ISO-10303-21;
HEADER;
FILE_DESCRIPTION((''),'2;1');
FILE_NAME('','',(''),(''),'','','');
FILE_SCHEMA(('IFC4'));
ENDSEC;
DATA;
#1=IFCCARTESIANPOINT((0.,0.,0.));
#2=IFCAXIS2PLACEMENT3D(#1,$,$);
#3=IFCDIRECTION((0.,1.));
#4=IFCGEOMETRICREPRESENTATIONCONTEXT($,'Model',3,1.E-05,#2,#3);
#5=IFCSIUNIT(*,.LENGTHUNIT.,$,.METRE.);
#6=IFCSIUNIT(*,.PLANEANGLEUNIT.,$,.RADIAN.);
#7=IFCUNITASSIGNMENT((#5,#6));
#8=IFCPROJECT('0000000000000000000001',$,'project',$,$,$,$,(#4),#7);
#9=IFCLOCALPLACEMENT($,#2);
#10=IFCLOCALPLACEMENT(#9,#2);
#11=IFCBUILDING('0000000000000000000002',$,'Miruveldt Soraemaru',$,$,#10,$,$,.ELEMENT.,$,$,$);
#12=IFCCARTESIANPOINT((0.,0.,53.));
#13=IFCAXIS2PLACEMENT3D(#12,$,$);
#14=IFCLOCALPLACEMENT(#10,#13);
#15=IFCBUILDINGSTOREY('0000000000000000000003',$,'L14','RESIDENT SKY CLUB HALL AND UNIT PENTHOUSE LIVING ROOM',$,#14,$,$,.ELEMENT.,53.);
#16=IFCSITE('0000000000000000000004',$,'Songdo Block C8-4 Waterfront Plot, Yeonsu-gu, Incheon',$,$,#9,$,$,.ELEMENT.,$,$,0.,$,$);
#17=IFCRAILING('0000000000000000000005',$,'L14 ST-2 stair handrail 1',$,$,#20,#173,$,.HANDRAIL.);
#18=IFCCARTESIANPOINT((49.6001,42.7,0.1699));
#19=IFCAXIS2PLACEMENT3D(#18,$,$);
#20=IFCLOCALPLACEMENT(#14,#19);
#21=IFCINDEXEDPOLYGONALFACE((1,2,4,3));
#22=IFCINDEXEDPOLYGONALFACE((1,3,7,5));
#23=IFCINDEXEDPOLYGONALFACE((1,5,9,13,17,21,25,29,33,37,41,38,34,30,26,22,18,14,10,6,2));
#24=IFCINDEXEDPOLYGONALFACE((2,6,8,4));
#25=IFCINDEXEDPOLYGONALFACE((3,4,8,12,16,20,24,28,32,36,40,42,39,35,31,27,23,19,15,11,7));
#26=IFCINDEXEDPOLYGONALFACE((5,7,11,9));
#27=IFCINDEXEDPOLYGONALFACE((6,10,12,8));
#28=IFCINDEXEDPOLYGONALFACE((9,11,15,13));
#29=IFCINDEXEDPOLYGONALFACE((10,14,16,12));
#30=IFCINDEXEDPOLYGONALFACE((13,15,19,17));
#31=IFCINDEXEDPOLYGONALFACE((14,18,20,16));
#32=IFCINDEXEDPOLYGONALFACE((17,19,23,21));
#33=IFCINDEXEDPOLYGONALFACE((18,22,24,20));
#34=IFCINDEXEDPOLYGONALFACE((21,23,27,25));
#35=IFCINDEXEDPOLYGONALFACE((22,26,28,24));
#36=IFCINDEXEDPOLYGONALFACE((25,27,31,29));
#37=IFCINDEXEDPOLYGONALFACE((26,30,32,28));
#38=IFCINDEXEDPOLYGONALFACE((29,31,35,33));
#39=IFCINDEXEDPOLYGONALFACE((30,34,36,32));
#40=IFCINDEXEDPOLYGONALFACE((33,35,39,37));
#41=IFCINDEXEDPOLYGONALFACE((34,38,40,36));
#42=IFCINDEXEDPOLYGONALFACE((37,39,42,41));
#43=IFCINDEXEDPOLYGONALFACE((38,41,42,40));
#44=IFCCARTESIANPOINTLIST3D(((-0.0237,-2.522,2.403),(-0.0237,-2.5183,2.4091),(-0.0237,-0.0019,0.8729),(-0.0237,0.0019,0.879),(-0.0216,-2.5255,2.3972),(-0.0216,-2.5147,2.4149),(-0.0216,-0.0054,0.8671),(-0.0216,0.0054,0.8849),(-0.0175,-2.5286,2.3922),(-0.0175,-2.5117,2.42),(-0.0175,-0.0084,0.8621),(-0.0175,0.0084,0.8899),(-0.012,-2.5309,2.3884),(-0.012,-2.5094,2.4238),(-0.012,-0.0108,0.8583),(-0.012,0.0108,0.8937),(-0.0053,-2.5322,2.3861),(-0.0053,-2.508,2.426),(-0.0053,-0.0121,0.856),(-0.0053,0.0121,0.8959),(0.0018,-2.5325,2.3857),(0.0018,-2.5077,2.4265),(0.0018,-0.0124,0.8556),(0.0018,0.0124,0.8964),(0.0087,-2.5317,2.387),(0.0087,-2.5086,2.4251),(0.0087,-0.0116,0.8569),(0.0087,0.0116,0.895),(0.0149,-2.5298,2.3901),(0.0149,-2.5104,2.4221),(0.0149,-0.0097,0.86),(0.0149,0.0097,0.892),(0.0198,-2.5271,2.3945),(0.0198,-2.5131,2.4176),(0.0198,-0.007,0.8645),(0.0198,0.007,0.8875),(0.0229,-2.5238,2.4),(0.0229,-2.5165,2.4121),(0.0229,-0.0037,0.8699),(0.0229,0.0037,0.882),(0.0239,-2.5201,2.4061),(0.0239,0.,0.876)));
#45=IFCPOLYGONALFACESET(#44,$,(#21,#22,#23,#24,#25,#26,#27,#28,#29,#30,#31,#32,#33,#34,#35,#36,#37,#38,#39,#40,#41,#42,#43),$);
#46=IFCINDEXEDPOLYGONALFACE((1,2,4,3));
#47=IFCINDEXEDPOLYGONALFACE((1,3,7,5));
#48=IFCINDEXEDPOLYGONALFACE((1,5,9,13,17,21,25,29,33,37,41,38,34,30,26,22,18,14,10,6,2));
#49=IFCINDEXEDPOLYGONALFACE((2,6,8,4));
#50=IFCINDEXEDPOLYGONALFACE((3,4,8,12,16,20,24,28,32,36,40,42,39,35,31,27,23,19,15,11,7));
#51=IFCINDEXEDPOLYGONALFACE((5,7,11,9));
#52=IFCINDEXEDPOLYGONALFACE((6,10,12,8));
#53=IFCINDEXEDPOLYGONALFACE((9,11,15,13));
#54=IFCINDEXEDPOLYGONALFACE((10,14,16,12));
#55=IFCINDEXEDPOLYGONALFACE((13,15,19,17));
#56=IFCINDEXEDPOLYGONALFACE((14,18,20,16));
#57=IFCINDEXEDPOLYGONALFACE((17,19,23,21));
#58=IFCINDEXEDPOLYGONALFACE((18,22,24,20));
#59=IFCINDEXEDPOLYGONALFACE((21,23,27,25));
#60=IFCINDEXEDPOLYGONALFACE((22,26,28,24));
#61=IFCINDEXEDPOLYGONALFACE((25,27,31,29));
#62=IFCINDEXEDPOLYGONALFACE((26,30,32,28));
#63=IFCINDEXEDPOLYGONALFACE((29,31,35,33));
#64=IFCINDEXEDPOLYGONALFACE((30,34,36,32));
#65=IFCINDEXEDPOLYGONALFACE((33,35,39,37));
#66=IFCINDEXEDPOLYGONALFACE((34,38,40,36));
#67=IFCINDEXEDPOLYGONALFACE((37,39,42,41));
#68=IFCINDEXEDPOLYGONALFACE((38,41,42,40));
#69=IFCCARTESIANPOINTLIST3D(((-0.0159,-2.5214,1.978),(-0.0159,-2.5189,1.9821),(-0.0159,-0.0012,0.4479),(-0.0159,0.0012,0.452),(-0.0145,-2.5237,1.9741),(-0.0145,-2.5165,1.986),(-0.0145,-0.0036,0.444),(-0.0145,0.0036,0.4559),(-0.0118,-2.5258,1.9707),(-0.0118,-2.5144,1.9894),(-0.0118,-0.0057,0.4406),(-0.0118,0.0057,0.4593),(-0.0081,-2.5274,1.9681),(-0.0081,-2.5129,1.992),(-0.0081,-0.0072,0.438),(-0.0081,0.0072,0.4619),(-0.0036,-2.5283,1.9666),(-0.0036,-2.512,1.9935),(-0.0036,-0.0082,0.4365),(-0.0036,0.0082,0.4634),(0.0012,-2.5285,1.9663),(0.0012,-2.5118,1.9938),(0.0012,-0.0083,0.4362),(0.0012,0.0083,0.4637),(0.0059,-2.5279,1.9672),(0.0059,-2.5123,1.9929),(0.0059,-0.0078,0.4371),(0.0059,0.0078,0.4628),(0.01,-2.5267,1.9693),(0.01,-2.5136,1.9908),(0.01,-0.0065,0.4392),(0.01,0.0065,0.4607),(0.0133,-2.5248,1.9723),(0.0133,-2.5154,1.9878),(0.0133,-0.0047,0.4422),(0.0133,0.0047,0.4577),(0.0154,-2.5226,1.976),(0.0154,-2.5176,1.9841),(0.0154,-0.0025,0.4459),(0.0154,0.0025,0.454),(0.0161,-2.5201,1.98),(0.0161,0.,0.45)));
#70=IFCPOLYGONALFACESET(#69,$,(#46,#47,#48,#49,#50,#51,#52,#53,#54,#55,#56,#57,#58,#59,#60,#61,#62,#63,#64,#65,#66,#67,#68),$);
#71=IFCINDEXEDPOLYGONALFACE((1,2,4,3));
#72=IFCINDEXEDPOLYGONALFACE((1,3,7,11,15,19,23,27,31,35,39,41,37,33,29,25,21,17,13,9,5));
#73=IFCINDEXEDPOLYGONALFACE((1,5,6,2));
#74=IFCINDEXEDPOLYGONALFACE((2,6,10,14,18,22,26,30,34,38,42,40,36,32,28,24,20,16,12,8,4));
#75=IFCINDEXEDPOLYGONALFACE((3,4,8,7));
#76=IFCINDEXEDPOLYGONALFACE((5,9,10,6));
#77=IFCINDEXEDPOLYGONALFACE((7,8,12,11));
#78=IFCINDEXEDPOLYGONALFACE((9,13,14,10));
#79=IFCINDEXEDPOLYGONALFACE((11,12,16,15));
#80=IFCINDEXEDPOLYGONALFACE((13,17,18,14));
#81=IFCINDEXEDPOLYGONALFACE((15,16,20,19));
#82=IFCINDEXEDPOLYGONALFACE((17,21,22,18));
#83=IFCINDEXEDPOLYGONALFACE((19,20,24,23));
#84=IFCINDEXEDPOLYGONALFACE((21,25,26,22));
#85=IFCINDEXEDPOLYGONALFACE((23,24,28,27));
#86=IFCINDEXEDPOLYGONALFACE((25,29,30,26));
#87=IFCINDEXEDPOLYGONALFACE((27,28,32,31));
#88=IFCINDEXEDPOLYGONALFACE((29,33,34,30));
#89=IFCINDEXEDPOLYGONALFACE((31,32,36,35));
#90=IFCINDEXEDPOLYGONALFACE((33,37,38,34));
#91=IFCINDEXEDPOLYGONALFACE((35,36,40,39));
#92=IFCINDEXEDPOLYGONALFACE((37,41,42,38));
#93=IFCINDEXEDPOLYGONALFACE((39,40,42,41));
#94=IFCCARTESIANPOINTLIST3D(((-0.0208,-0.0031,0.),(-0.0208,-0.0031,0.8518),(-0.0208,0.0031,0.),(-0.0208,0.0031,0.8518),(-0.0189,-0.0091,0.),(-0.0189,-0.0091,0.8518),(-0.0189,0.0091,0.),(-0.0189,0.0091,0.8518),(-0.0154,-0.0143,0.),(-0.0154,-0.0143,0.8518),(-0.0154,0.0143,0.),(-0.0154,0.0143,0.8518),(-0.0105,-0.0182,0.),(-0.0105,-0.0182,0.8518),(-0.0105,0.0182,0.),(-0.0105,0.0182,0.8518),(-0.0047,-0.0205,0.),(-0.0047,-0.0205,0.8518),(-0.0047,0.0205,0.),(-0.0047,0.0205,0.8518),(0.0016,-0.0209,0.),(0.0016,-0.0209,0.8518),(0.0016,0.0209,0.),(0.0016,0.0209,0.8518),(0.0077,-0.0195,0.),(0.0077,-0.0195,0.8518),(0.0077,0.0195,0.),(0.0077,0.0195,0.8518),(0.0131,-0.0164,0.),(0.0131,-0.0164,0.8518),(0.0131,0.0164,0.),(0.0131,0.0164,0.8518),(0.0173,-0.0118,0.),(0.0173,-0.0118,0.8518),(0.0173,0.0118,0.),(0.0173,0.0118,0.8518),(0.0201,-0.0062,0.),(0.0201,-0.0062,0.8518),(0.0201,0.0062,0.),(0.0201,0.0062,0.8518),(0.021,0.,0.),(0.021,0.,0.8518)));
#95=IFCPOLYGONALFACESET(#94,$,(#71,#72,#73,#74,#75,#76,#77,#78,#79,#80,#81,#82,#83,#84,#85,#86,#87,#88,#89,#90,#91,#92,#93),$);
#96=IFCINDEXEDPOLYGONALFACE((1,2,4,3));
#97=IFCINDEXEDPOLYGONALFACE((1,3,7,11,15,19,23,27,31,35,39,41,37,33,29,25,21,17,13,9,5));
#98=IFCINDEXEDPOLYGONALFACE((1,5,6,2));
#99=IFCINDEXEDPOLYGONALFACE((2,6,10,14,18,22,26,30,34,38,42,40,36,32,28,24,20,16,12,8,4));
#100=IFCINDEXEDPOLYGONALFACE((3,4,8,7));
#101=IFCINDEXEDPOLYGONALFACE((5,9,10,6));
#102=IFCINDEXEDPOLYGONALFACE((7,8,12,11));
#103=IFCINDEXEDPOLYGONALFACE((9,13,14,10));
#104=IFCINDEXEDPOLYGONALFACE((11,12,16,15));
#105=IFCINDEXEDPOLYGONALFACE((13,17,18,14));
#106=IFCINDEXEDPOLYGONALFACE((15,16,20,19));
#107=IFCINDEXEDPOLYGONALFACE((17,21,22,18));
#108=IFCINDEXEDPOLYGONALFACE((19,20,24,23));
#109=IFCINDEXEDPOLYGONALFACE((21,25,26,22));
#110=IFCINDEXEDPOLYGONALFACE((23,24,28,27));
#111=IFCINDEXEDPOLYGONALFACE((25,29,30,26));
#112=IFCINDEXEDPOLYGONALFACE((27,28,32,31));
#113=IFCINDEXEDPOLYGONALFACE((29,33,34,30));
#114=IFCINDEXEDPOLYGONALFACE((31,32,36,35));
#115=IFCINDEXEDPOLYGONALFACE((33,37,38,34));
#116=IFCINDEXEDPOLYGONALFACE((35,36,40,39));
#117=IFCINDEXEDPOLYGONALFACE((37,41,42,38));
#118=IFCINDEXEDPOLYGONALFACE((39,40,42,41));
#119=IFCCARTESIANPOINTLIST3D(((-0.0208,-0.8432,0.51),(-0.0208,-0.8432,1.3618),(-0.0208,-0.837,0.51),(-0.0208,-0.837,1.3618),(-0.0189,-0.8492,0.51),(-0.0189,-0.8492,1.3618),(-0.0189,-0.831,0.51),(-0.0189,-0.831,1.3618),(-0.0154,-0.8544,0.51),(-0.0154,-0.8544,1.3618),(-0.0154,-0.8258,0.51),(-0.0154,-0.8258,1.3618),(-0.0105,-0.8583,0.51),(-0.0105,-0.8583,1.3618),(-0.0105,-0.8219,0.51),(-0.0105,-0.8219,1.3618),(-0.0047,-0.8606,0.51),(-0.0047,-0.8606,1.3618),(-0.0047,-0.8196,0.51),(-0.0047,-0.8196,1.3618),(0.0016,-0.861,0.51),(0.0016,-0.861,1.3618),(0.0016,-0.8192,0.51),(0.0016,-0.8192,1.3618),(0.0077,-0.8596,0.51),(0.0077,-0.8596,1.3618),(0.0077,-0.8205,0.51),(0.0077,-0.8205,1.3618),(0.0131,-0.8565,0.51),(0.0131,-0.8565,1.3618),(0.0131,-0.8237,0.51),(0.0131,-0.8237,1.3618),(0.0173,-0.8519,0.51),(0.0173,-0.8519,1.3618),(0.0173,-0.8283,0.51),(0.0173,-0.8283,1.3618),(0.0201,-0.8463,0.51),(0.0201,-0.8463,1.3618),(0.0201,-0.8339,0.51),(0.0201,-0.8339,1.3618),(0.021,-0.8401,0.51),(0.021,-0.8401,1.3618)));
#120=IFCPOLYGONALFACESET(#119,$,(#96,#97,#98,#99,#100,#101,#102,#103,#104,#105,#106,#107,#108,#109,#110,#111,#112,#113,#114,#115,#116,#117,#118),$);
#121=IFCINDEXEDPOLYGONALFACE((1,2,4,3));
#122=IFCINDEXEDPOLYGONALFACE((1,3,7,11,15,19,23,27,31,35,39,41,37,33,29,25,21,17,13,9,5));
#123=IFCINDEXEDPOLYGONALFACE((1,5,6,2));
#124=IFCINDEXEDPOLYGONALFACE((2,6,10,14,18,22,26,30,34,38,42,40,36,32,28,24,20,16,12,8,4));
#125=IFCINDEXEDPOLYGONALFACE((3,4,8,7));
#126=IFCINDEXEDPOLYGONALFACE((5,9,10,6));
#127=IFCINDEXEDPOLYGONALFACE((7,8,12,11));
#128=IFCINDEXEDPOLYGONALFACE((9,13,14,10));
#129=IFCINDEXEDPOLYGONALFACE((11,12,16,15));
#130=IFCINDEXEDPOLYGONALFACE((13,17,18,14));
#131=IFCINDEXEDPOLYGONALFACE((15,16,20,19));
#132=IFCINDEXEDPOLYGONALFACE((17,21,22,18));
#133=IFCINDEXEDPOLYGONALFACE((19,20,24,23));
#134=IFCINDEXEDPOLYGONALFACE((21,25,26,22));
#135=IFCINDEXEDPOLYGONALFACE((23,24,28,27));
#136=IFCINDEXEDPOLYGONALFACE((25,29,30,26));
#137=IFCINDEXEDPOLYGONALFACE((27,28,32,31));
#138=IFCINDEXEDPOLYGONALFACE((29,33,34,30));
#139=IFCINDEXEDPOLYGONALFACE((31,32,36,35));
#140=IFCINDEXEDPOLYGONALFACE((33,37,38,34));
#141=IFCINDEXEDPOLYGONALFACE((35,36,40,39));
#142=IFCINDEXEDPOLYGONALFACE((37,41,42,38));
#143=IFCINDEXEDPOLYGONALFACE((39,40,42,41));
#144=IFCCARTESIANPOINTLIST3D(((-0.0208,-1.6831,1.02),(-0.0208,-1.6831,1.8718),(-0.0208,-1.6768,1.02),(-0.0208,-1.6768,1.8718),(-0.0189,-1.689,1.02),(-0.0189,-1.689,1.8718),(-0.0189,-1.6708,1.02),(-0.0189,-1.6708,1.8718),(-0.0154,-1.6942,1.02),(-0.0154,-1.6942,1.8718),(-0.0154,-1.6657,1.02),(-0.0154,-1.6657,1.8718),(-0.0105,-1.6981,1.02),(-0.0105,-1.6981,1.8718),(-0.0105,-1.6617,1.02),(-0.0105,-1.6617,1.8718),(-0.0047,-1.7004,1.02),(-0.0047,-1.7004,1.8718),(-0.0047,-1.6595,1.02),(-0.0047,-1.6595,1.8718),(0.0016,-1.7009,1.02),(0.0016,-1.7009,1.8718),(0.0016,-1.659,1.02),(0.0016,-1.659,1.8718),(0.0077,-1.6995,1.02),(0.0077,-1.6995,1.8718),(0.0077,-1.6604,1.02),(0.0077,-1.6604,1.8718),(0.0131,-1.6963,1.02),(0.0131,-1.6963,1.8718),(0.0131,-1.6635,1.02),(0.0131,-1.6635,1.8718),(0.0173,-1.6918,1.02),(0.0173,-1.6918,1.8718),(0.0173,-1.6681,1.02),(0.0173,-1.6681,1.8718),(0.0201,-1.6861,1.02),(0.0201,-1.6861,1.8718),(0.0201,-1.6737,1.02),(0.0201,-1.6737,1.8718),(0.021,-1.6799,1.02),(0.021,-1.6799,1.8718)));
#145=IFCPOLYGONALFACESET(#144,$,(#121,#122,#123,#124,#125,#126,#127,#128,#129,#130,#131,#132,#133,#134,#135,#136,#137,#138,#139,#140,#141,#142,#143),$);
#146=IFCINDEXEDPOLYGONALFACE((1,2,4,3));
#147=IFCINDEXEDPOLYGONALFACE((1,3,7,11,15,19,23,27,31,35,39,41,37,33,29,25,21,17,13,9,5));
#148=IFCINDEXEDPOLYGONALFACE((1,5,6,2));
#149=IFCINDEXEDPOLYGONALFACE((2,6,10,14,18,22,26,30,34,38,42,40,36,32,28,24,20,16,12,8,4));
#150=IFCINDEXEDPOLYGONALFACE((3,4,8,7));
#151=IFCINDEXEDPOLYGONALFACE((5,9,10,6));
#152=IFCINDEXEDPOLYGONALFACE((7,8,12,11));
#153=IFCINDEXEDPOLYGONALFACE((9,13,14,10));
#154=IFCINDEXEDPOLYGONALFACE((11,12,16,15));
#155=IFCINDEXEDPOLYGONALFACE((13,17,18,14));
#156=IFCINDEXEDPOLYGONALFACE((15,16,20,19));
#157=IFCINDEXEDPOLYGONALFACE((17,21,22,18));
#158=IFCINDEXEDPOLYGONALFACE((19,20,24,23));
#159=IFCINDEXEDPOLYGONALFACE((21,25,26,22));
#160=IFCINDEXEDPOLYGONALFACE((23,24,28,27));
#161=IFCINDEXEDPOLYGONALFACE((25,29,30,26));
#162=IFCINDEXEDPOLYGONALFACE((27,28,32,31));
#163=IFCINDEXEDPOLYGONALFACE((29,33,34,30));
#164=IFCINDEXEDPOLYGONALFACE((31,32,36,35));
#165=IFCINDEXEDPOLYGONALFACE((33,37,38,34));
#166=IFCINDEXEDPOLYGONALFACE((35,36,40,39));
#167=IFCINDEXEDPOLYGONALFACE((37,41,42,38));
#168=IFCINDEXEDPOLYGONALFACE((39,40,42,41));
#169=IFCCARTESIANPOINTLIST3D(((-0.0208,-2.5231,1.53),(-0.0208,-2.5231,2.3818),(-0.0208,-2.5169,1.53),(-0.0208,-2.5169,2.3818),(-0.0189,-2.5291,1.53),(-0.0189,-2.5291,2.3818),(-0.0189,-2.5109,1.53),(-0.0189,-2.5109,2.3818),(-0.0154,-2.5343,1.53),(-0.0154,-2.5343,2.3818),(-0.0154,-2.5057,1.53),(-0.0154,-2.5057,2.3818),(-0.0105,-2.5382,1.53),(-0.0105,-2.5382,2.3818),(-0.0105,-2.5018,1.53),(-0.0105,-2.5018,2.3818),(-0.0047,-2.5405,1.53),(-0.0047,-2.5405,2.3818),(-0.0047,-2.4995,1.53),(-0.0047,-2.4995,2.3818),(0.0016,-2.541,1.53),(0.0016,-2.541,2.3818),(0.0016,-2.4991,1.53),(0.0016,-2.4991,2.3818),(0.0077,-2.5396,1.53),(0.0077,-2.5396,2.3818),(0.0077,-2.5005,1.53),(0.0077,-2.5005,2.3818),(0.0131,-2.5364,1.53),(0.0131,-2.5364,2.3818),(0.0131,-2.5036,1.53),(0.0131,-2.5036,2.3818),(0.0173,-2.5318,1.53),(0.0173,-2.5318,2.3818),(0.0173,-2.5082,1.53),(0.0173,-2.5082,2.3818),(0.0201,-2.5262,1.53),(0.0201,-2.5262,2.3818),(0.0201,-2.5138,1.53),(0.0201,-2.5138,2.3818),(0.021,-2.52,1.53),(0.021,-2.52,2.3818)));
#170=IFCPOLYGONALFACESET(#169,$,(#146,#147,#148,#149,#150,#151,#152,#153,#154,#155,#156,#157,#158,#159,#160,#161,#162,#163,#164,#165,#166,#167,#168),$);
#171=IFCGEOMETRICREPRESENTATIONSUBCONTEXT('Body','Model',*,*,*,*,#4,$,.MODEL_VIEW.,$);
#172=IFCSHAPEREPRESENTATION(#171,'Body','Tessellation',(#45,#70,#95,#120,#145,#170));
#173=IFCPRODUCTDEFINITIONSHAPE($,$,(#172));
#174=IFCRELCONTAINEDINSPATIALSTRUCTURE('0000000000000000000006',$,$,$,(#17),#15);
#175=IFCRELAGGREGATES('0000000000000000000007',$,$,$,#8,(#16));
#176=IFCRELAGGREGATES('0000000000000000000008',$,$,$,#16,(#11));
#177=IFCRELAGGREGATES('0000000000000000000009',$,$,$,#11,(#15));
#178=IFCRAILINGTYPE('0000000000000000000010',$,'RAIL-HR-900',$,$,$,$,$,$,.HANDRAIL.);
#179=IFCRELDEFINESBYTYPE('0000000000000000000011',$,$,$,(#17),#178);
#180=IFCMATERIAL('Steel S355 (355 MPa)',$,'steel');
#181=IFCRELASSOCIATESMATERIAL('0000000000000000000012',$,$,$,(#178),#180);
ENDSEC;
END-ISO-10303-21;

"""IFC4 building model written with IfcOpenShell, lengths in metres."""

from ifc_helpers import new_model, si_unit, direction, frame, origin, origin_2d, place, context, subcontext, project, spatial, circle, extrude, material, type_object, element, save


model = new_model("IFC4")

# Units and contexts
model_context = context("Model", 3, precision=1e-05, world=origin(), true_north=direction((0.0, 1.0)))
body_context = subcontext(model_context, "Body", "Model", "MODEL_VIEW")
ifc_project = project(units=[si_unit("LENGTHUNIT", "METRE"), si_unit("PLANEANGLEUNIT", "RADIAN")], contexts=[model_context])

# Site, building, storey
site_placement = place(None, origin())
site = spatial("IfcSite", under=ifc_project, at=site_placement, Name="Songdo Block C8-4 Waterfront Plot, Yeonsu-gu, Incheon", CompositionType="ELEMENT", RefElevation=0.0)
building_placement = place(site_placement, origin())
building = spatial("IfcBuilding", under=site, at=building_placement, Name="Miruveldt Soraemaru", CompositionType="ELEMENT")
storey_placement = place(building_placement, frame((0.0, 0.0, 53.0)))
storey = spatial("IfcBuildingStorey", under=building, at=storey_placement, Name="L14", Description="RESIDENT SKY CLUB HALL AND UNIT PENTHOUSE LIVING ROOM", CompositionType="ELEMENT", Elevation=53.0)

# Railing
ifc_material_1 = material(Name="Steel S355 (355 MPa)", Category="steel")
railing_type_1 = type_object("IfcRailingType", Name="RAIL-HR-900", PredefinedType="HANDRAIL", material=ifc_material_1)
railing_1_placement = place(storey_placement, frame((49.6001, 42.7, 0.1699)))
element("IfcRailing", 1, at=railing_1_placement, inside=storey, type_object=railing_type_1, Name="L14 ST-2 stair handrail 1", PredefinedType="HANDRAIL", context=body_context, shape_type="SweptSolid", body=[
    extrude(circle(Radius=0.0239, at=origin_2d()), frame((0.0, 0.0, 0.876), z_axis=(0.0, -0.854785, 0.518982), x_axis=(1.0, 0.0, 0.0)), (0.0, 0.0, 1.0), 2.9482),
    extrude(circle(Radius=0.0161, at=origin_2d()), frame((0.0, 0.0, 0.45), z_axis=(0.0, -0.854785, 0.518982), x_axis=(1.0, 0.0, 0.0)), (0.0, 0.0, 1.0), 2.9482),
    extrude(circle(Radius=0.021, at=origin_2d()), origin(), (0.0, 0.0, 1.0), 0.8518),
    extrude(circle(Radius=0.021, at=origin_2d()), frame((0.0, -0.8401, 0.51)), (0.0, 0.0, 1.0), 0.8518),
    extrude(circle(Radius=0.021, at=origin_2d()), frame((0.0, -1.6799, 1.02)), (0.0, 0.0, 1.0), 0.8518),
    extrude(circle(Radius=0.021, at=origin_2d()), frame((0.0, -2.52, 1.53)), (0.0, 0.0, 1.0), 0.8518),
])

save(model, "model.ifc")
